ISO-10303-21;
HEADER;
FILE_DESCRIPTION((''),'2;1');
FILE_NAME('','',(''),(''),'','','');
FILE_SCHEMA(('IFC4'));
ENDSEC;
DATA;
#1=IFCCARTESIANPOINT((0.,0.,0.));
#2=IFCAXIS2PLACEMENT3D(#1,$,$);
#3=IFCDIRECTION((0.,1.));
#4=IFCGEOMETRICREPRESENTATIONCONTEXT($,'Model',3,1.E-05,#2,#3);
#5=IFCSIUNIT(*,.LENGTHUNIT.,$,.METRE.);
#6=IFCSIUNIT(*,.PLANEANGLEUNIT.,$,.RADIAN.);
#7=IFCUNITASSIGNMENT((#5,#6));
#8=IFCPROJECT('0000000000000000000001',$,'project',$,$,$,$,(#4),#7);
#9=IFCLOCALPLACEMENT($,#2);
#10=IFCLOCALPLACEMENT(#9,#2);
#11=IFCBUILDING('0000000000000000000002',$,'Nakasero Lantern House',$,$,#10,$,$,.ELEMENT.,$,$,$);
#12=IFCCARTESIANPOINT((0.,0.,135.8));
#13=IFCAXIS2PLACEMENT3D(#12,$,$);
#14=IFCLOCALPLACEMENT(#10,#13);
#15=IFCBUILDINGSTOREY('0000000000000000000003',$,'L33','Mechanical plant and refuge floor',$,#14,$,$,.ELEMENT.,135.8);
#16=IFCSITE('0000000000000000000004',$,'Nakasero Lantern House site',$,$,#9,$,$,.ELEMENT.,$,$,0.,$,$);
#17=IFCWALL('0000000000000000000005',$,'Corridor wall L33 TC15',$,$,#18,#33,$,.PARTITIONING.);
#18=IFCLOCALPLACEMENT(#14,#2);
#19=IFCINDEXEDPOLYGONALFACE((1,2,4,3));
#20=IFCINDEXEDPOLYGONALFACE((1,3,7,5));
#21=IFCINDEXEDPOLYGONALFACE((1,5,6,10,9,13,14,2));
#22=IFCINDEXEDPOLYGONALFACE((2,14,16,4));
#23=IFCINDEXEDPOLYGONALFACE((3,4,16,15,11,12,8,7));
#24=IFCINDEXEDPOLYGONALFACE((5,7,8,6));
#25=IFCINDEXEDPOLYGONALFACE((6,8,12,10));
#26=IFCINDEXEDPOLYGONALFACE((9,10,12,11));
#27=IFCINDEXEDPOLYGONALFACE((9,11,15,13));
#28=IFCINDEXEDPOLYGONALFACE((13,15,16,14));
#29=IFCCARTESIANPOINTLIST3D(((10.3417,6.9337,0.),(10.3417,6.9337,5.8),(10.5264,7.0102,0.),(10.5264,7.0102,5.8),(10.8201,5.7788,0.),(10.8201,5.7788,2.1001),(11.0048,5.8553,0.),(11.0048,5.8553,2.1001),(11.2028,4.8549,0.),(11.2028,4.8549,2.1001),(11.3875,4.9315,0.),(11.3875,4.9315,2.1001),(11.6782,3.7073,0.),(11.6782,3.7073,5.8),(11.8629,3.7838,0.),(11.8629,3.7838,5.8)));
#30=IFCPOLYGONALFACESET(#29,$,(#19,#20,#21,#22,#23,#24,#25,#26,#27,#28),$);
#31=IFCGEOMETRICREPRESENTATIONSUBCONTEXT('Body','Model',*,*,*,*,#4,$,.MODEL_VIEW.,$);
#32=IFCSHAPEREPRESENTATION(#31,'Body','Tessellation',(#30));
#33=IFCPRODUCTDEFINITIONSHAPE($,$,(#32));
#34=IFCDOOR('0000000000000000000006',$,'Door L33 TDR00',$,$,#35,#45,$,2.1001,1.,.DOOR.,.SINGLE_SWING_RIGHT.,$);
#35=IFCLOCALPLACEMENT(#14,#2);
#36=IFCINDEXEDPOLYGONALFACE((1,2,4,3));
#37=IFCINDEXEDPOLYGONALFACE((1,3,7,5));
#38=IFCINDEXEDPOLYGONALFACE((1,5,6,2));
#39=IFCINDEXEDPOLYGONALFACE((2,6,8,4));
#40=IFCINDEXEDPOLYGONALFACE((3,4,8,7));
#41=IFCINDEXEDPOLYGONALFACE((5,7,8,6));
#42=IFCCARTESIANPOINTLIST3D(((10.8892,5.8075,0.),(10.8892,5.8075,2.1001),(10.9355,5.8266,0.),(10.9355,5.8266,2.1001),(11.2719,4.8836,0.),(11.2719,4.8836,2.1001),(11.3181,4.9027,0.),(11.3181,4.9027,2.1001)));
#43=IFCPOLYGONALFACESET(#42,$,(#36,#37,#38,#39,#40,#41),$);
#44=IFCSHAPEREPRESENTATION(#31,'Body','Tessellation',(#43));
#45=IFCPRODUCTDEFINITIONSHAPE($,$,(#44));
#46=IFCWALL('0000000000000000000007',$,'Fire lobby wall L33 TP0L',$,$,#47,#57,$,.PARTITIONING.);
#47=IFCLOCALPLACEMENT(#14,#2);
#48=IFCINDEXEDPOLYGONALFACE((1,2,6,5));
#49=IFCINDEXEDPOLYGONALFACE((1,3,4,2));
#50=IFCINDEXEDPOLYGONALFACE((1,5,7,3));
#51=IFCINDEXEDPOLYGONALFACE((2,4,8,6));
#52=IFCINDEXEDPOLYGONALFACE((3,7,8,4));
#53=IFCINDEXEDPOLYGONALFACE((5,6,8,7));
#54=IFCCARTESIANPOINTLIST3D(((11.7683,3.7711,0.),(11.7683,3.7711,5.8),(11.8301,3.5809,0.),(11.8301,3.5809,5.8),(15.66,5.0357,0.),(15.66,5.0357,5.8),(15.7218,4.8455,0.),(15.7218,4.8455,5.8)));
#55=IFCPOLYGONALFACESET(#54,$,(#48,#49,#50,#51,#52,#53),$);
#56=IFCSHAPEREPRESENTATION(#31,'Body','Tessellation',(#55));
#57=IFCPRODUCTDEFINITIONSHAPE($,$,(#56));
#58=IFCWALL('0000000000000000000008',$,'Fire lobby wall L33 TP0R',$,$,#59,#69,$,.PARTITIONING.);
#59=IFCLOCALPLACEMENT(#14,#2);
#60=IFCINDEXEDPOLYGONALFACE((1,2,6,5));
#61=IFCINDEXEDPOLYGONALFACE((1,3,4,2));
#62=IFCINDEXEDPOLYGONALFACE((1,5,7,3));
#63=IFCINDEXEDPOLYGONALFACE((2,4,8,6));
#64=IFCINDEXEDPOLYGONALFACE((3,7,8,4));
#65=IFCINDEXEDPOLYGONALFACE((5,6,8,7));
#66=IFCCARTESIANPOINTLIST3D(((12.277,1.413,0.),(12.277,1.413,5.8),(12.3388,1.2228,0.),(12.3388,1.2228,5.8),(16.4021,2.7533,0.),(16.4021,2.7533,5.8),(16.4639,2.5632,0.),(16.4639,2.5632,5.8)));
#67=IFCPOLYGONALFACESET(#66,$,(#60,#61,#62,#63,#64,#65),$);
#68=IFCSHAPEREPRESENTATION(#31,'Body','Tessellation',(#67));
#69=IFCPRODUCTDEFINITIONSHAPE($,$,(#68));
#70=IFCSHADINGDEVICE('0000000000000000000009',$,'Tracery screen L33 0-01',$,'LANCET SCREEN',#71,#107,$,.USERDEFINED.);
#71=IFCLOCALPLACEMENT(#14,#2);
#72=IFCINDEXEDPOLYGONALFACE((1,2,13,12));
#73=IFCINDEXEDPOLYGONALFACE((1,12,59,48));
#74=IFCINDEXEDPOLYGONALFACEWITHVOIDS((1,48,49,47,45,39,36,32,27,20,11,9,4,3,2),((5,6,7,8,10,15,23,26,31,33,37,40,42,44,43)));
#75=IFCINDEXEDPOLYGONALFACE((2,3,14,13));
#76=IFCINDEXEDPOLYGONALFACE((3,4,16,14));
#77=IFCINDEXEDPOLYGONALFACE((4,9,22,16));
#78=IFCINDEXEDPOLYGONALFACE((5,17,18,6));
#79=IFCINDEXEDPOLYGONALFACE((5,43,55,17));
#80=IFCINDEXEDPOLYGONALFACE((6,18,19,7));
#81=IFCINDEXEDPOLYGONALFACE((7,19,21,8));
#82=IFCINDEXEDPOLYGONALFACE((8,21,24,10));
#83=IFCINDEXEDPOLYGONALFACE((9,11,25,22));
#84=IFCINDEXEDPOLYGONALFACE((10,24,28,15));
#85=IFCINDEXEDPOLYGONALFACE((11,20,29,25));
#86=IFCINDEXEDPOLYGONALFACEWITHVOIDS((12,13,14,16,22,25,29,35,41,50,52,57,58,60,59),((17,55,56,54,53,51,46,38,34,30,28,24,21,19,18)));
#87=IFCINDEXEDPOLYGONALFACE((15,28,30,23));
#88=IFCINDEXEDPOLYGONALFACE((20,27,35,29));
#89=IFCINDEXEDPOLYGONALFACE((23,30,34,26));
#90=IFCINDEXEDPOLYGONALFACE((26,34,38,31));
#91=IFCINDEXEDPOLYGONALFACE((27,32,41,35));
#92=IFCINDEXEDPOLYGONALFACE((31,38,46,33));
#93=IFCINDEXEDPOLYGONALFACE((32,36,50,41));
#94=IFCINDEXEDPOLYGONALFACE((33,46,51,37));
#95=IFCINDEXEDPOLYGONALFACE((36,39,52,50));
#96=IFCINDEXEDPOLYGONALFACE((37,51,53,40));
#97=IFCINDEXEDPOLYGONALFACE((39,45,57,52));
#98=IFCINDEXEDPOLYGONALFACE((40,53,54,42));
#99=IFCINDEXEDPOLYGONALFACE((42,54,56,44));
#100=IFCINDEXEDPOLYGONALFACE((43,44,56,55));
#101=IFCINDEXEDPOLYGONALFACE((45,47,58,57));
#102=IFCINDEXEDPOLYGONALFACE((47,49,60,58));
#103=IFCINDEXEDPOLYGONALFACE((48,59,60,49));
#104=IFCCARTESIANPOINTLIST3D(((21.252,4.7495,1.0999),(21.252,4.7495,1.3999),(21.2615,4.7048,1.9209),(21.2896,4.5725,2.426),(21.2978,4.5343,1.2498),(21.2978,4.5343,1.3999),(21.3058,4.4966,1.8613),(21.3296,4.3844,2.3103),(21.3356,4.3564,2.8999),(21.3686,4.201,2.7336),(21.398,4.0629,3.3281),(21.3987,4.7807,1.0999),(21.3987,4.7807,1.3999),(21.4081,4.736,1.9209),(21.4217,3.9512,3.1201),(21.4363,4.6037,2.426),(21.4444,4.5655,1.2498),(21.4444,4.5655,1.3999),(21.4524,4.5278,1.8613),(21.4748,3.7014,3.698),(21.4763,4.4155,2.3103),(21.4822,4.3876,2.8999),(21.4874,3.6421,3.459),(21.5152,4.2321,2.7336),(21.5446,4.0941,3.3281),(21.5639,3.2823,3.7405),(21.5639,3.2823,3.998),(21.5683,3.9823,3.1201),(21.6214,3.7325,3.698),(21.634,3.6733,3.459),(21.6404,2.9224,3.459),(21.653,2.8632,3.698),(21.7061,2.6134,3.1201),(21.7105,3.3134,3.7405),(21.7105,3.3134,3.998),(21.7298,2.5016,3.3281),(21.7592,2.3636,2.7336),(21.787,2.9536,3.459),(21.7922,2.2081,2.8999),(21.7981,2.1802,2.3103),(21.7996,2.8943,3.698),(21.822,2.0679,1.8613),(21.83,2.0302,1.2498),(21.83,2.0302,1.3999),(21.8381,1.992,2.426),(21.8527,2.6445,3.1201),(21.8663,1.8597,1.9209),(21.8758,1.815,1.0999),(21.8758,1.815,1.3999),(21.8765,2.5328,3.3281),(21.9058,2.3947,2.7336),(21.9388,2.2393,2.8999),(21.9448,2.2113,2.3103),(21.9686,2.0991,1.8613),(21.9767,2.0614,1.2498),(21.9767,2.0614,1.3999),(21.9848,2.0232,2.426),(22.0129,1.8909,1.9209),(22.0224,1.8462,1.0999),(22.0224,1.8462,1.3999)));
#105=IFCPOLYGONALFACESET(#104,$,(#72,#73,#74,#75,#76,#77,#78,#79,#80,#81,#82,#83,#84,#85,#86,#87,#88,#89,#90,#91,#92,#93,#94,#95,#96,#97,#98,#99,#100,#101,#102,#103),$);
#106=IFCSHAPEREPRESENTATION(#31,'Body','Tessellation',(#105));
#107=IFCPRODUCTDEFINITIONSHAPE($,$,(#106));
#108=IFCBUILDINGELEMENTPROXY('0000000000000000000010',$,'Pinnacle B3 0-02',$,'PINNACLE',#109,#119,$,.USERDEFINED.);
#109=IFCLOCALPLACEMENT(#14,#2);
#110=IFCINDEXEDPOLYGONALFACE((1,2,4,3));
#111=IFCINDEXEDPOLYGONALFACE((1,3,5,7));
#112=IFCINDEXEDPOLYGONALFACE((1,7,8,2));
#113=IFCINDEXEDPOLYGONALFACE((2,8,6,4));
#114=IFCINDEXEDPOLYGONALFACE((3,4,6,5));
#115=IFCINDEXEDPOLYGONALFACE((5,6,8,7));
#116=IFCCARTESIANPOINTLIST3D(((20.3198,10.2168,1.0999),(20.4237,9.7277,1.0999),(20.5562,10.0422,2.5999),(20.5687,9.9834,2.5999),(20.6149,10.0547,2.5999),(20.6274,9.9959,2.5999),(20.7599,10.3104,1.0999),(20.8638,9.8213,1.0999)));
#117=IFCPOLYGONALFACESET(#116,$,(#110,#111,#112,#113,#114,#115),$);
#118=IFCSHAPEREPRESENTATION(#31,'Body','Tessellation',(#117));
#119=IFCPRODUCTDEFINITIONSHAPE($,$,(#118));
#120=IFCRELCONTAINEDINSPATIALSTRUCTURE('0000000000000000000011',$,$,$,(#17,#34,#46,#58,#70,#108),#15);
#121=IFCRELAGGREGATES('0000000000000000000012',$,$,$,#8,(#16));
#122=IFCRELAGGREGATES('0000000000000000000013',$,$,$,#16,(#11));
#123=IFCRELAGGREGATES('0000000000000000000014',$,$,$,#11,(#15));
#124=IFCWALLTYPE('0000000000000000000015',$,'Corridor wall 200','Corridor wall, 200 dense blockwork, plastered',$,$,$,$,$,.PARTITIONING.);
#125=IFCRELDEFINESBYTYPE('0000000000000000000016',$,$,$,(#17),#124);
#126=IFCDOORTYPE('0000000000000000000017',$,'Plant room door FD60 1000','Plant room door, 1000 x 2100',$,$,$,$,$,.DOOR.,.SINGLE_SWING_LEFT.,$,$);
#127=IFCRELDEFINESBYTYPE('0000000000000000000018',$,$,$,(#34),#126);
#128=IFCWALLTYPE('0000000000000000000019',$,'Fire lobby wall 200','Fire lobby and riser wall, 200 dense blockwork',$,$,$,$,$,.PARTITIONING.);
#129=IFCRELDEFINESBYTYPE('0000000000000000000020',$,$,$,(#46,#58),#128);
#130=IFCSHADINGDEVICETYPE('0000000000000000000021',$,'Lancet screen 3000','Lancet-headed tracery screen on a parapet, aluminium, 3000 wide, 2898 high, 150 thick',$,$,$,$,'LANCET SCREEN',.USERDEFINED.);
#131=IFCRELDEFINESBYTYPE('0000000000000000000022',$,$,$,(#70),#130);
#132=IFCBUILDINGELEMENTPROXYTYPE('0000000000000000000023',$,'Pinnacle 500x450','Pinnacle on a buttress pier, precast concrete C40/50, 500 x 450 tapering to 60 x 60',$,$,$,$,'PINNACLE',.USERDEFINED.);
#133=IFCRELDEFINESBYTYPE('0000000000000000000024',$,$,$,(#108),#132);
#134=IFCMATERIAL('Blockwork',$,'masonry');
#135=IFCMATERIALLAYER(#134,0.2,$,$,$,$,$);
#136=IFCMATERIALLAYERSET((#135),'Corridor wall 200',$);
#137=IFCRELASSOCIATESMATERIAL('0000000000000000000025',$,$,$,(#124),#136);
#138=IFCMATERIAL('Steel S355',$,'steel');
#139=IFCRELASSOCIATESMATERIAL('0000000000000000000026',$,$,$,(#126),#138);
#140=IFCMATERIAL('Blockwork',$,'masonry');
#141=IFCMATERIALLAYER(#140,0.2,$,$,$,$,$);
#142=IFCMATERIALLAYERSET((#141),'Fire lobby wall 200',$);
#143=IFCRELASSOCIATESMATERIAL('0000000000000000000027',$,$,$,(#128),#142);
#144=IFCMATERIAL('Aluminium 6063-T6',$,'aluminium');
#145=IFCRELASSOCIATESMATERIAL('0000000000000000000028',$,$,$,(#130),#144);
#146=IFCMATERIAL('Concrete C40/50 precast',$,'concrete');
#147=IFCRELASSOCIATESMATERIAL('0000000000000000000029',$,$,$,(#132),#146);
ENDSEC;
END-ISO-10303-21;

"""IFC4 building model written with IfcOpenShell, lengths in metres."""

from ifc_helpers import new_model, entity, si_unit, direction, frame, frame_2d, origin, place, context, subcontext, project, spatial, polyline, rectangle, outline, extrude, material, layer, layer_set, type_object, element, fill, save


model = new_model("IFC4")

# Units and contexts
model_context = context("Model", 3, precision=1e-05, world=origin(), true_north=direction((0.0, 1.0)))
body_context = subcontext(model_context, "Body", "Model", "MODEL_VIEW")
ifc_project = project(units=[si_unit("LENGTHUNIT", "METRE"), si_unit("PLANEANGLEUNIT", "RADIAN")], contexts=[model_context])

# Site, building, storey
site_placement = place(None, origin())
site = spatial("IfcSite", under=ifc_project, at=site_placement, Name="Nakasero Lantern House site", CompositionType="ELEMENT", RefElevation=0.0)
building_placement = place(site_placement, origin())
building = spatial("IfcBuilding", under=site, at=building_placement, Name="Nakasero Lantern House", CompositionType="ELEMENT")
storey_placement = place(building_placement, frame((0.0, 0.0, 135.8)))
storey = spatial("IfcBuildingStorey", under=building, at=storey_placement, Name="L33", Description="Mechanical plant and refuge floor", CompositionType="ELEMENT", Elevation=135.8)

# Wall, opening, door
ifc_material_1 = material(Name="Blockwork", Category="masonry")
ifc_layer_1 = layer(ifc_material_1, 0.2)
ifc_layer_set_1 = layer_set([ifc_layer_1], Name="Corridor wall 200")
wall_type_1 = type_object("IfcWallType", Name="Corridor wall 200", Description="Corridor wall, 200 dense blockwork, plastered", PredefinedType="PARTITIONING", material=ifc_layer_set_1)
ifc_material_2 = material(Name="Steel S355", Category="steel")
door_type_1 = type_object("IfcDoorType", Name="Plant room door FD60 1000", Description="Plant room door, 1000 x 2100", OperationType="SINGLE_SWING_LEFT", PredefinedType="DOOR", material=ifc_material_2)
wall_1_placement = place(storey_placement, frame((10.4341, 6.9719, 0.0), z_axis=(0.0, 0.0, 1.0), x_axis=(0.382693, -0.923875, 0.0)))
wall_1 = element("IfcWall", 1, at=wall_1_placement, inside=storey, type_object=wall_type_1, Name="Corridor wall L33 TC15", PredefinedType="PARTITIONING", context=body_context, shape_type="SweptSolid", body=[
    extrude(rectangle(XDim=3.4922, YDim=0.2, at=frame_2d((1.7461, 0.0))), origin(), (0.0, 0.0, 1.0), 5.8),
])
opening_1_placement = place(wall_1_placement, frame((1.25, 0.0, 0.0)))
opening_1 = element("IfcOpeningElement", 2, at=opening_1_placement, cuts=wall_1, PredefinedType="OPENING", context=body_context, shape_type="SweptSolid", body=[
    extrude(rectangle(XDim=1.0, YDim=2.1001, at=frame_2d((0.5, 1.05))), frame((0.0, 0.1199, 0.0), z_axis=(0.0, -1.0, 0.0), x_axis=(1.0, 0.0, 0.0)), (0.0, 0.0, 1.0), 0.24),
])
door_1_placement = place(opening_1_placement, origin())
door_1 = element("IfcDoor", 3, at=door_1_placement, inside=storey, type_object=door_type_1, Name="Door L33 TDR00", OperationType="SINGLE_SWING_RIGHT", OverallHeight=2.1001, OverallWidth=1.0, PredefinedType="DOOR", context=body_context, shape_type="SweptSolid", body=[
    extrude(rectangle(XDim=1.0, YDim=2.1001, at=frame_2d((0.5, 1.05))), frame((0.0, 0.0249, 0.0), z_axis=(0.0, -1.0, 0.0), x_axis=(1.0, 0.0, 0.0)), (0.0, 0.0, 1.0), 0.05),
])
fill(opening_1, door_1)

# Walls
ifc_material_3 = material(Name="Blockwork", Category="masonry")
ifc_layer_2 = layer(ifc_material_3, 0.2)
ifc_layer_set_2 = layer_set([ifc_layer_2], Name="Fire lobby wall 200")
wall_type_2 = type_object("IfcWallType", Name="Fire lobby wall 200", Description="Fire lobby and riser wall, 200 dense blockwork", PredefinedType="PARTITIONING", material=ifc_layer_set_2)
wall_2_placement = place(storey_placement, frame((11.7993, 3.676, 0.0), z_axis=(0.0, 0.0, 1.0), x_axis=(0.951049, 0.309042, 0.0)))
element("IfcWall", 4, at=wall_2_placement, inside=storey, type_object=wall_type_2, Name="Fire lobby wall L33 TP0L", PredefinedType="PARTITIONING", context=body_context, shape_type="SweptSolid", body=[
    extrude(rectangle(XDim=4.092, YDim=0.2, at=frame_2d((2.0459, 0.0))), origin(), (0.0, 0.0, 1.0), 5.8),
])
wall_3_placement = place(storey_placement, frame((12.3079, 1.3179, 0.0), z_axis=(0.0, 0.0, 1.0), x_axis=(0.951054, 0.309025, 0.0)))
element("IfcWall", 5, at=wall_3_placement, inside=storey, type_object=wall_type_2, Name="Fire lobby wall L33 TP0R", PredefinedType="PARTITIONING", context=body_context, shape_type="SweptSolid", body=[
    extrude(rectangle(XDim=4.3374, YDim=0.2, at=frame_2d((2.1687, 0.0))), origin(), (0.0, 0.0, 1.0), 5.8),
])

# Shading device
ifc_material_4 = material(Name="Aluminium 6063-T6", Category="aluminium")
shading_device_type = type_object("IfcShadingDeviceType", Name="Lancet screen 3000", Description="Lancet-headed tracery screen on a parapet, aluminium, 3000 wide, 2898 high, 150 thick", ElementType="LANCET SCREEN", PredefinedType="USERDEFINED", material=ifc_material_4)
shading_device_placement = place(storey_placement, frame((21.6372, 3.2979, 1.0999), z_axis=(0.0, 0.0, 1.0), x_axis=(-0.207912, 0.978148, 0.0)))
element("IfcShadingDevice", 6, at=shading_device_placement, inside=storey, type_object=shading_device_type, Name="Tracery screen L33 0-01", ObjectType="LANCET SCREEN", PredefinedType="USERDEFINED", context=body_context, shape_type="SweptSolid", body=[
    extrude(outline(polyline([(-1.5, 0.0), (1.5, 0.0), (1.5, 0.3), (1.4543, 0.821), (1.3191, 1.3262), (1.0981, 1.8), (0.7981, 2.2283), (0.4285, 2.5981), (0.0, 2.8982), (-0.4285, 2.5981), (-0.7981, 2.2283), (-1.0981, 1.8), (-1.3191, 1.3262), (-1.4543, 0.821), (-1.5, 0.3), (-1.5, 0.0)]), holes=[polyline([(-1.28, 0.1499), (1.28, 0.1499), (1.28, 0.3), (1.2415, 0.7615), (1.1267, 1.2104), (0.9392, 1.6338), (0.6838, 2.0203), (0.3679, 2.3591), (0.0, 2.6406), (-0.3679, 2.3591), (-0.6838, 2.0203), (-0.9392, 1.6338), (-1.1267, 1.2104), (-1.2415, 0.7615), (-1.28, 0.3), (-1.28, 0.1499)])]), frame((0.0, 0.075, 0.0), z_axis=(0.0, -1.0, 0.0), x_axis=(1.0, 0.0, 0.0)), (0.0, 0.0, 1.0), 0.1499),
])

# Building element proxy
ifc_material_5 = material(Name="Concrete C40/50 precast", Category="concrete")
building_element_proxy_type = type_object("IfcBuildingElementProxyType", Name="Pinnacle 500x450", Description="Pinnacle on a buttress pier, precast concrete C40/50, 500 x 450 tapering to 60 x 60", ElementType="PINNACLE", PredefinedType="USERDEFINED", material=ifc_material_5)
proxy_placement = place(storey_placement, frame((20.5918, 10.019, 1.0999), z_axis=(0.0, 0.0, 1.0), x_axis=(0.978148, 0.207912, 0.0)))
element("IfcBuildingElementProxy", 7, at=proxy_placement, inside=storey, type_object=building_element_proxy_type, Name="Pinnacle B3 0-02", ObjectType="PINNACLE", PredefinedType="USERDEFINED", context=body_context, shape_type="SweptSolid", body=[
    entity("IfcExtrudedAreaSolidTapered", entity("IfcRectangleProfileDef", "AREA", None, entity("IfcAxis2Placement2D", entity("IfcCartesianPoint", [0.0, 0.0])), 0.45, 0.5), entity("IfcAxis2Placement3D", entity("IfcCartesianPoint", [0.0, 0.0, 0.0])), entity("IfcDirection", [0.0, 0.0, 1.0]), 1.5, entity("IfcRectangleProfileDef", "AREA", None, entity("IfcAxis2Placement2D", entity("IfcCartesianPoint", [0.0, 0.0])), 0.0601, 0.0601)),
])

save(model, "model.ifc")
